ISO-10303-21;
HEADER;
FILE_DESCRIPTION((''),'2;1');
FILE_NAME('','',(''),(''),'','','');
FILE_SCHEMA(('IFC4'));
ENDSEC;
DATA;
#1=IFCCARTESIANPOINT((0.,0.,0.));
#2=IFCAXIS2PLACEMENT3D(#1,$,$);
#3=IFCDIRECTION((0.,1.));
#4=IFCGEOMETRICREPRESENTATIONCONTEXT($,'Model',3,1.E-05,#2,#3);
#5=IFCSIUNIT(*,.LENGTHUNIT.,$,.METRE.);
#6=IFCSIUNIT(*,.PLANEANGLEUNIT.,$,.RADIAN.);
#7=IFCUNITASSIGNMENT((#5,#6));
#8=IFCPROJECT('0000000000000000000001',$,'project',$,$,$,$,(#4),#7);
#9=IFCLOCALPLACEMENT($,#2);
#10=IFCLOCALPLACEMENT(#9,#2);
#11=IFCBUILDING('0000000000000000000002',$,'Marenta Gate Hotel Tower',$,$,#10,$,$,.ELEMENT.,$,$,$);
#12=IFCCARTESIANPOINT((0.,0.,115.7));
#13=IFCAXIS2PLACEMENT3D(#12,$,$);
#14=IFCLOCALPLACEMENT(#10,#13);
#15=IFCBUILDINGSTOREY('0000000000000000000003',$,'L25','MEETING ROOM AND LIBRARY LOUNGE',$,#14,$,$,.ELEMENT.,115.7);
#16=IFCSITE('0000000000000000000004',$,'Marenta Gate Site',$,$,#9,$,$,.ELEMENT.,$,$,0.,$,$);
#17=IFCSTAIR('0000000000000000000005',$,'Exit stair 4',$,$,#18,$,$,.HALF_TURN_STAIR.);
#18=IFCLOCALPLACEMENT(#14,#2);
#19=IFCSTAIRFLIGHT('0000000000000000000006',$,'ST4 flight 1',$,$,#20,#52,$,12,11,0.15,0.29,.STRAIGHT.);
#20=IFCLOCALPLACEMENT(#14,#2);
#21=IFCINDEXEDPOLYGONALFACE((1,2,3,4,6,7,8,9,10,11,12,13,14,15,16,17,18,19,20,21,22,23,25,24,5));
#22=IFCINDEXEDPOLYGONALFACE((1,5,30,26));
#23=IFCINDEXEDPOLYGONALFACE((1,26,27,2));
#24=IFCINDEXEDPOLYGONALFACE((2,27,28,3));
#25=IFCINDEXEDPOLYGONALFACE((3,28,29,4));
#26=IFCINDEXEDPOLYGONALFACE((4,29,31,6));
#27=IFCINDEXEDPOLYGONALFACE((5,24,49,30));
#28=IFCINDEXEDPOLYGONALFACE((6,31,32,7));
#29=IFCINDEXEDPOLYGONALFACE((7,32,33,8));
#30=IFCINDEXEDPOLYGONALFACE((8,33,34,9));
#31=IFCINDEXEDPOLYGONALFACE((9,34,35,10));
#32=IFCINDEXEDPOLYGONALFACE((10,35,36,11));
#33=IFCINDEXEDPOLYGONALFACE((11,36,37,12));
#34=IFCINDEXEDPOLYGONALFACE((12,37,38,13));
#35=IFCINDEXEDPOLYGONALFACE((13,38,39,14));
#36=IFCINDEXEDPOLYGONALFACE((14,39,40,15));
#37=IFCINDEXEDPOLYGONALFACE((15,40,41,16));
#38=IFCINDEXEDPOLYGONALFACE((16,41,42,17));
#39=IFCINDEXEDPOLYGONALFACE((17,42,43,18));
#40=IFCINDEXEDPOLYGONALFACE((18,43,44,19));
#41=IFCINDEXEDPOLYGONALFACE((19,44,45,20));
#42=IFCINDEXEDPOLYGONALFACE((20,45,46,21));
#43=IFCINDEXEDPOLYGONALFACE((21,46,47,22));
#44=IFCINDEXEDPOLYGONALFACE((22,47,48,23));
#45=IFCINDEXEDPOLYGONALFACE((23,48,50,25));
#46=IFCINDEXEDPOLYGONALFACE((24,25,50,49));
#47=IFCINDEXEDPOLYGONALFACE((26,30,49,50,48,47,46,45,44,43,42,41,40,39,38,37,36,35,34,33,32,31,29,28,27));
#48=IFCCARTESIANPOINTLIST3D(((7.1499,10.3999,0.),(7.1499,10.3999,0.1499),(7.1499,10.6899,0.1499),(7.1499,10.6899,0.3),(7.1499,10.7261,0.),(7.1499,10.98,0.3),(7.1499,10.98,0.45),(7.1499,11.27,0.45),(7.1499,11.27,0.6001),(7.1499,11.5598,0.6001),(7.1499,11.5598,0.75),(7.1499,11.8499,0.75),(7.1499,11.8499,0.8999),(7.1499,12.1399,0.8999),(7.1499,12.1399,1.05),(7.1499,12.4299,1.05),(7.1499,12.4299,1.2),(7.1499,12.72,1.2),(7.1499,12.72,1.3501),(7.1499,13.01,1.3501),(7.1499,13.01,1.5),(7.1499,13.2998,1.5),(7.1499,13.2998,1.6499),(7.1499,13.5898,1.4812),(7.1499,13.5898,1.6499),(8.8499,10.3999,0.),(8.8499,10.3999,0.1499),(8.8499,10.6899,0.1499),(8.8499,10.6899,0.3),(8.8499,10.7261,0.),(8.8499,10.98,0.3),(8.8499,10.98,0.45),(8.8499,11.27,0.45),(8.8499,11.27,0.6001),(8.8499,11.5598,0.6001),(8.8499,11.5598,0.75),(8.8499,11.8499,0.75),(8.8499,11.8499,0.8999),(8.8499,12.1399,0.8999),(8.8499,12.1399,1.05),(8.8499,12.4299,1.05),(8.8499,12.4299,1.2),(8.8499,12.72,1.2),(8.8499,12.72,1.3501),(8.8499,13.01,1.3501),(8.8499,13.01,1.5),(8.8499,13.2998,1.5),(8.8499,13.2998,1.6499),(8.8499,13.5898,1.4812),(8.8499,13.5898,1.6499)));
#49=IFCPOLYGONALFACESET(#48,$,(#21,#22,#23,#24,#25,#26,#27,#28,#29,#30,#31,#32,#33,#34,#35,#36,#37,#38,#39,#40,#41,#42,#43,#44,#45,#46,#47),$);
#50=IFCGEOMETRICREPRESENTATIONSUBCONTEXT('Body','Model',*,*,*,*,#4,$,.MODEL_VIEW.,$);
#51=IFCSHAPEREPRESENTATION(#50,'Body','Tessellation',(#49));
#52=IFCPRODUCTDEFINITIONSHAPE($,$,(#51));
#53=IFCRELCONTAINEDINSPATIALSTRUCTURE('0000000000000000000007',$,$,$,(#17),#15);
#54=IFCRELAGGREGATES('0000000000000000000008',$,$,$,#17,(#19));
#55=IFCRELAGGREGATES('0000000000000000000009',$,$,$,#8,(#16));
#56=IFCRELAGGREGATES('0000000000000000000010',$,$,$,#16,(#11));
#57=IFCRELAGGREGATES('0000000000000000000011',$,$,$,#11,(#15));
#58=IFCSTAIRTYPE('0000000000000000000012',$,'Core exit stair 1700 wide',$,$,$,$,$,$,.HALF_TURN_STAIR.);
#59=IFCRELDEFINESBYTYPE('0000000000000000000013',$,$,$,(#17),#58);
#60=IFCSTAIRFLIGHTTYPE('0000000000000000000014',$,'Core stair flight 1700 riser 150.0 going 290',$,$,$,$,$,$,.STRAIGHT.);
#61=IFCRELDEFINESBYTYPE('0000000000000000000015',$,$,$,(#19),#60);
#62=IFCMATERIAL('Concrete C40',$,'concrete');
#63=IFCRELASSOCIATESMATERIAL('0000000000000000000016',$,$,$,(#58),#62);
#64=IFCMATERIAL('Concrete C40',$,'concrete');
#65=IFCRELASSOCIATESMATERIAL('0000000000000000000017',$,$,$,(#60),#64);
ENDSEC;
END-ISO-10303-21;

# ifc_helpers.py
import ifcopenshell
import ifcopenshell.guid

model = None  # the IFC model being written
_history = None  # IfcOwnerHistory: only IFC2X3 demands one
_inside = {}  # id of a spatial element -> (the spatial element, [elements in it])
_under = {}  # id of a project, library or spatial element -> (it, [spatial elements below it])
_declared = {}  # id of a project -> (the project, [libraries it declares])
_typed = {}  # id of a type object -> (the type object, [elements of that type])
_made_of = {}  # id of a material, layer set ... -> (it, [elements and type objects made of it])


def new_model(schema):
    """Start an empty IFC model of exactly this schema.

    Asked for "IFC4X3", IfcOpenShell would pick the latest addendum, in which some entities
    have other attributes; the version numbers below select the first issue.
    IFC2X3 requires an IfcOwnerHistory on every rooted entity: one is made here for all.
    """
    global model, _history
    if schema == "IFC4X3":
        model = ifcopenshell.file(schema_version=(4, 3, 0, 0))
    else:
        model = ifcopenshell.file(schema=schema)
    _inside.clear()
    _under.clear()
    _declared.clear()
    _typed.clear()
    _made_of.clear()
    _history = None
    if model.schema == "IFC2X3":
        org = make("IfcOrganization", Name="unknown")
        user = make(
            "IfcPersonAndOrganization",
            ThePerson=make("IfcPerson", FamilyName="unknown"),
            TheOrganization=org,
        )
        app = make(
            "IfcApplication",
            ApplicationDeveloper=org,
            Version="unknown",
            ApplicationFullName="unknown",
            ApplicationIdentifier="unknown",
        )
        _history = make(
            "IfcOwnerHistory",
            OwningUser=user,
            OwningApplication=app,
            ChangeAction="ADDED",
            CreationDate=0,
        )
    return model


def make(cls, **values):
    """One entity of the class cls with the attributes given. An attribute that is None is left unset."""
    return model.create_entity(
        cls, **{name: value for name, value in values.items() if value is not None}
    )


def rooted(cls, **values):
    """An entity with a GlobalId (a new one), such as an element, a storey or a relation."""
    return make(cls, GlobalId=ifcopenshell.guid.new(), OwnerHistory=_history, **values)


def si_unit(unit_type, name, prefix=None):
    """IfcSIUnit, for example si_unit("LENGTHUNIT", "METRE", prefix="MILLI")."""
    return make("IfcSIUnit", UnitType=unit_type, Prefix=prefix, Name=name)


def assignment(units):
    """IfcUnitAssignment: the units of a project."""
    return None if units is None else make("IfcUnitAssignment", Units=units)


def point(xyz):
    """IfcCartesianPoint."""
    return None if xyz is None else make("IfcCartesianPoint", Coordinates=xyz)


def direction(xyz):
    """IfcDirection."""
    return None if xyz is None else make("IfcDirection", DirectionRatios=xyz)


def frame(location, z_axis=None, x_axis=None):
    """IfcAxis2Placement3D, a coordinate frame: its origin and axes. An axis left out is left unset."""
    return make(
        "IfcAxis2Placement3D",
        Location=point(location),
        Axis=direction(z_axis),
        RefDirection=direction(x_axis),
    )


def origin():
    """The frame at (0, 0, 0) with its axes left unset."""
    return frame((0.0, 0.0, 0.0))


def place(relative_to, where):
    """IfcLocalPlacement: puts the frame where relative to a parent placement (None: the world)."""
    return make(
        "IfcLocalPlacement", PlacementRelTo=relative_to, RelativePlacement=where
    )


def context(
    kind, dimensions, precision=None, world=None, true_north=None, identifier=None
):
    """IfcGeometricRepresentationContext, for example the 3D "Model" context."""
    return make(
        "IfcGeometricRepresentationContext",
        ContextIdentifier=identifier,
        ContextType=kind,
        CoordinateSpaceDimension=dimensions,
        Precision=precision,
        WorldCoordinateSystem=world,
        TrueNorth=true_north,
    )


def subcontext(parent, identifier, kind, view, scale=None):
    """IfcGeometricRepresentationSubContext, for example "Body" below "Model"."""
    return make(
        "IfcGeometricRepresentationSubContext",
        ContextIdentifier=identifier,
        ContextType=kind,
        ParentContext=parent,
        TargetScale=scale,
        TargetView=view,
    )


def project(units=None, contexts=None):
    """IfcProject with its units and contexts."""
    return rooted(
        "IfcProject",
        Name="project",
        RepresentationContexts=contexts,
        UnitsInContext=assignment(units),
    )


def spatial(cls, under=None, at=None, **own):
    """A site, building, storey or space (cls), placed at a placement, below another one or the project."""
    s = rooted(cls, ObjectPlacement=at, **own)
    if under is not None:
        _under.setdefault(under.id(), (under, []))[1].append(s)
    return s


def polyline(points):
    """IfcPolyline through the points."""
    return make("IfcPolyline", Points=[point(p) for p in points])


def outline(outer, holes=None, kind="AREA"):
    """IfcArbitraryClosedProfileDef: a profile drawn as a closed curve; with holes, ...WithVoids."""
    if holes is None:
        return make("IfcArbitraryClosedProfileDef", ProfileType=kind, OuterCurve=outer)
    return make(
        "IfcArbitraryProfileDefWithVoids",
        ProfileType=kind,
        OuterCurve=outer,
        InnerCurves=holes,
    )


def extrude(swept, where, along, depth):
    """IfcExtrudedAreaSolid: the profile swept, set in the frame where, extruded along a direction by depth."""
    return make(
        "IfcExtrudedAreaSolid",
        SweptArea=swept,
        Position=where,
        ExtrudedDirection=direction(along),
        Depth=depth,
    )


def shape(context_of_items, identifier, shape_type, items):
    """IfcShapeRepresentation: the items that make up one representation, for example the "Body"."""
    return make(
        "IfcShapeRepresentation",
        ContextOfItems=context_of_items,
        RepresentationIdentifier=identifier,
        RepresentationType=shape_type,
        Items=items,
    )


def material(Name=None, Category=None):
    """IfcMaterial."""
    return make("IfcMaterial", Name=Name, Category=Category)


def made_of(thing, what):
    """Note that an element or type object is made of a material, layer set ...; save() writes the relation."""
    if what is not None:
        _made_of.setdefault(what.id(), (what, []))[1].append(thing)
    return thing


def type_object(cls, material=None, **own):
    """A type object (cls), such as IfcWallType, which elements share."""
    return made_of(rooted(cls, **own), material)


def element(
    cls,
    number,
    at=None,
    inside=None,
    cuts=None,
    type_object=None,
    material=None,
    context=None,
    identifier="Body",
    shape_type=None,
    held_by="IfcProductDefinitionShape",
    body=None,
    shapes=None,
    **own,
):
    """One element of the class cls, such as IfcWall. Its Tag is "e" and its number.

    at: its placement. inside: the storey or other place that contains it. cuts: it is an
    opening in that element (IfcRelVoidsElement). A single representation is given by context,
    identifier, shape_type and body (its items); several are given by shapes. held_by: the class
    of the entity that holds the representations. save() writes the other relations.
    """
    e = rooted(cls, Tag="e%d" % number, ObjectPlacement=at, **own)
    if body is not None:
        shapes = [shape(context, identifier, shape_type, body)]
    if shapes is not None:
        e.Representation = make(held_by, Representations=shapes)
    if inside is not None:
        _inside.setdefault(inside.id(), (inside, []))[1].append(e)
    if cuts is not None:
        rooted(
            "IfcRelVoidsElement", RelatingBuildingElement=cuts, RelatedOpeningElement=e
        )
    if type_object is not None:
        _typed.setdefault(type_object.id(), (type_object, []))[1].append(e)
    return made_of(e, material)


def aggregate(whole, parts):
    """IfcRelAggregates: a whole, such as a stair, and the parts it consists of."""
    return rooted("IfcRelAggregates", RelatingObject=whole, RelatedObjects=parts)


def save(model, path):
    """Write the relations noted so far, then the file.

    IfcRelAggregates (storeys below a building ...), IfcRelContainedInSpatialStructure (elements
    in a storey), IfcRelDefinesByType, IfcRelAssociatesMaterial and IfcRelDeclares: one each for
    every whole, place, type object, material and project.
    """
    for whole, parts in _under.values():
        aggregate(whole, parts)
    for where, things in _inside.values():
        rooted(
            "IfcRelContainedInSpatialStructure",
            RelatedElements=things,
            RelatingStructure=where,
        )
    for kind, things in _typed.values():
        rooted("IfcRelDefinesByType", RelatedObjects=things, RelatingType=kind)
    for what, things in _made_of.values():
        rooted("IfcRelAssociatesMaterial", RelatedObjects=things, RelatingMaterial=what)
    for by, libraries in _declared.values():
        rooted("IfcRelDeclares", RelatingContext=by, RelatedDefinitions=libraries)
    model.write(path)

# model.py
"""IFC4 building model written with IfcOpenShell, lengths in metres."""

from ifc_helpers import new_model, si_unit, direction, frame, origin, place, context, subcontext, project, spatial, polyline, outline, extrude, material, type_object, element, aggregate, save


model = new_model("IFC4")

# Units and contexts
model_context = context("Model", 3, precision=1e-05, world=origin(), true_north=direction((0.0, 1.0)))
body_context = subcontext(model_context, "Body", "Model", "MODEL_VIEW")
ifc_project = project(units=[si_unit("LENGTHUNIT", "METRE"), si_unit("PLANEANGLEUNIT", "RADIAN")], contexts=[model_context])

# Site, building, storey
site_placement = place(None, origin())
site = spatial("IfcSite", under=ifc_project, at=site_placement, Name="Marenta Gate Site", CompositionType="ELEMENT", RefElevation=0.0)
building_placement = place(site_placement, origin())
building = spatial("IfcBuilding", under=site, at=building_placement, Name="Marenta Gate Hotel Tower", CompositionType="ELEMENT")
storey_placement = place(building_placement, frame((0.0, 0.0, 115.7)))
storey = spatial("IfcBuildingStorey", under=building, at=storey_placement, Name="L25", Description="MEETING ROOM AND LIBRARY LOUNGE", CompositionType="ELEMENT", Elevation=115.7)

# Stair, stair flight
ifc_material_1 = material(Name="Concrete C40", Category="concrete")
stair_type = type_object("IfcStairType", Name="Core exit stair 1700 wide", PredefinedType="HALF_TURN_STAIR", material=ifc_material_1)
stair_placement = place(storey_placement, origin())
stair = element("IfcStair", 1, at=stair_placement, inside=storey, type_object=stair_type, Name="Exit stair 4", PredefinedType="HALF_TURN_STAIR")
ifc_material_2 = material(Name="Concrete C40", Category="concrete")
stair_flight_type = type_object("IfcStairFlightType", Name="Core stair flight 1700 riser 150.0 going 290", PredefinedType="STRAIGHT", material=ifc_material_2)
stair_flight_placement = place(storey_placement, frame((8.0, 10.3999, 0.0), z_axis=(0.0, 0.0, 1.0), x_axis=(0.0, 1.0, 0.0)))
stair_flight = element("IfcStairFlight", 2, at=stair_flight_placement, type_object=stair_flight_type, Name="ST4 flight 1", NumberOfRisers=12, NumberOfTreads=11, PredefinedType="STRAIGHT", RiserHeight=0.15, TreadLength=0.29, context=body_context, shape_type="SweptSolid", body=[
    extrude(outline(polyline([(0.0, 0.0), (0.0, 0.1499), (0.29, 0.1499), (0.29, 0.3), (0.5801, 0.3), (0.5801, 0.45), (0.8701, 0.45), (0.8701, 0.6001), (1.1599, 0.6001), (1.1599, 0.75), (1.45, 0.75), (1.45, 0.8999), (1.74, 0.8999), (1.74, 1.05), (2.03, 1.05), (2.03, 1.2), (2.3201, 1.2), (2.3201, 1.3501), (2.6101, 1.3501), (2.6101, 1.5), (2.8999, 1.5), (2.8999, 1.6499), (3.1899, 1.6499), (3.1899, 1.8), (3.1899, 1.4812), (0.3262, 0.0), (0.0, 0.0)])), frame((0.0, 0.8501, 0.0), z_axis=(0.0, -1.0, 0.0), x_axis=(1.0, 0.0, 0.0)), (0.0, 0.0, 1.0), 1.7),
])
aggregate(stair, [stair_flight])

save(model, "model.ifc")
